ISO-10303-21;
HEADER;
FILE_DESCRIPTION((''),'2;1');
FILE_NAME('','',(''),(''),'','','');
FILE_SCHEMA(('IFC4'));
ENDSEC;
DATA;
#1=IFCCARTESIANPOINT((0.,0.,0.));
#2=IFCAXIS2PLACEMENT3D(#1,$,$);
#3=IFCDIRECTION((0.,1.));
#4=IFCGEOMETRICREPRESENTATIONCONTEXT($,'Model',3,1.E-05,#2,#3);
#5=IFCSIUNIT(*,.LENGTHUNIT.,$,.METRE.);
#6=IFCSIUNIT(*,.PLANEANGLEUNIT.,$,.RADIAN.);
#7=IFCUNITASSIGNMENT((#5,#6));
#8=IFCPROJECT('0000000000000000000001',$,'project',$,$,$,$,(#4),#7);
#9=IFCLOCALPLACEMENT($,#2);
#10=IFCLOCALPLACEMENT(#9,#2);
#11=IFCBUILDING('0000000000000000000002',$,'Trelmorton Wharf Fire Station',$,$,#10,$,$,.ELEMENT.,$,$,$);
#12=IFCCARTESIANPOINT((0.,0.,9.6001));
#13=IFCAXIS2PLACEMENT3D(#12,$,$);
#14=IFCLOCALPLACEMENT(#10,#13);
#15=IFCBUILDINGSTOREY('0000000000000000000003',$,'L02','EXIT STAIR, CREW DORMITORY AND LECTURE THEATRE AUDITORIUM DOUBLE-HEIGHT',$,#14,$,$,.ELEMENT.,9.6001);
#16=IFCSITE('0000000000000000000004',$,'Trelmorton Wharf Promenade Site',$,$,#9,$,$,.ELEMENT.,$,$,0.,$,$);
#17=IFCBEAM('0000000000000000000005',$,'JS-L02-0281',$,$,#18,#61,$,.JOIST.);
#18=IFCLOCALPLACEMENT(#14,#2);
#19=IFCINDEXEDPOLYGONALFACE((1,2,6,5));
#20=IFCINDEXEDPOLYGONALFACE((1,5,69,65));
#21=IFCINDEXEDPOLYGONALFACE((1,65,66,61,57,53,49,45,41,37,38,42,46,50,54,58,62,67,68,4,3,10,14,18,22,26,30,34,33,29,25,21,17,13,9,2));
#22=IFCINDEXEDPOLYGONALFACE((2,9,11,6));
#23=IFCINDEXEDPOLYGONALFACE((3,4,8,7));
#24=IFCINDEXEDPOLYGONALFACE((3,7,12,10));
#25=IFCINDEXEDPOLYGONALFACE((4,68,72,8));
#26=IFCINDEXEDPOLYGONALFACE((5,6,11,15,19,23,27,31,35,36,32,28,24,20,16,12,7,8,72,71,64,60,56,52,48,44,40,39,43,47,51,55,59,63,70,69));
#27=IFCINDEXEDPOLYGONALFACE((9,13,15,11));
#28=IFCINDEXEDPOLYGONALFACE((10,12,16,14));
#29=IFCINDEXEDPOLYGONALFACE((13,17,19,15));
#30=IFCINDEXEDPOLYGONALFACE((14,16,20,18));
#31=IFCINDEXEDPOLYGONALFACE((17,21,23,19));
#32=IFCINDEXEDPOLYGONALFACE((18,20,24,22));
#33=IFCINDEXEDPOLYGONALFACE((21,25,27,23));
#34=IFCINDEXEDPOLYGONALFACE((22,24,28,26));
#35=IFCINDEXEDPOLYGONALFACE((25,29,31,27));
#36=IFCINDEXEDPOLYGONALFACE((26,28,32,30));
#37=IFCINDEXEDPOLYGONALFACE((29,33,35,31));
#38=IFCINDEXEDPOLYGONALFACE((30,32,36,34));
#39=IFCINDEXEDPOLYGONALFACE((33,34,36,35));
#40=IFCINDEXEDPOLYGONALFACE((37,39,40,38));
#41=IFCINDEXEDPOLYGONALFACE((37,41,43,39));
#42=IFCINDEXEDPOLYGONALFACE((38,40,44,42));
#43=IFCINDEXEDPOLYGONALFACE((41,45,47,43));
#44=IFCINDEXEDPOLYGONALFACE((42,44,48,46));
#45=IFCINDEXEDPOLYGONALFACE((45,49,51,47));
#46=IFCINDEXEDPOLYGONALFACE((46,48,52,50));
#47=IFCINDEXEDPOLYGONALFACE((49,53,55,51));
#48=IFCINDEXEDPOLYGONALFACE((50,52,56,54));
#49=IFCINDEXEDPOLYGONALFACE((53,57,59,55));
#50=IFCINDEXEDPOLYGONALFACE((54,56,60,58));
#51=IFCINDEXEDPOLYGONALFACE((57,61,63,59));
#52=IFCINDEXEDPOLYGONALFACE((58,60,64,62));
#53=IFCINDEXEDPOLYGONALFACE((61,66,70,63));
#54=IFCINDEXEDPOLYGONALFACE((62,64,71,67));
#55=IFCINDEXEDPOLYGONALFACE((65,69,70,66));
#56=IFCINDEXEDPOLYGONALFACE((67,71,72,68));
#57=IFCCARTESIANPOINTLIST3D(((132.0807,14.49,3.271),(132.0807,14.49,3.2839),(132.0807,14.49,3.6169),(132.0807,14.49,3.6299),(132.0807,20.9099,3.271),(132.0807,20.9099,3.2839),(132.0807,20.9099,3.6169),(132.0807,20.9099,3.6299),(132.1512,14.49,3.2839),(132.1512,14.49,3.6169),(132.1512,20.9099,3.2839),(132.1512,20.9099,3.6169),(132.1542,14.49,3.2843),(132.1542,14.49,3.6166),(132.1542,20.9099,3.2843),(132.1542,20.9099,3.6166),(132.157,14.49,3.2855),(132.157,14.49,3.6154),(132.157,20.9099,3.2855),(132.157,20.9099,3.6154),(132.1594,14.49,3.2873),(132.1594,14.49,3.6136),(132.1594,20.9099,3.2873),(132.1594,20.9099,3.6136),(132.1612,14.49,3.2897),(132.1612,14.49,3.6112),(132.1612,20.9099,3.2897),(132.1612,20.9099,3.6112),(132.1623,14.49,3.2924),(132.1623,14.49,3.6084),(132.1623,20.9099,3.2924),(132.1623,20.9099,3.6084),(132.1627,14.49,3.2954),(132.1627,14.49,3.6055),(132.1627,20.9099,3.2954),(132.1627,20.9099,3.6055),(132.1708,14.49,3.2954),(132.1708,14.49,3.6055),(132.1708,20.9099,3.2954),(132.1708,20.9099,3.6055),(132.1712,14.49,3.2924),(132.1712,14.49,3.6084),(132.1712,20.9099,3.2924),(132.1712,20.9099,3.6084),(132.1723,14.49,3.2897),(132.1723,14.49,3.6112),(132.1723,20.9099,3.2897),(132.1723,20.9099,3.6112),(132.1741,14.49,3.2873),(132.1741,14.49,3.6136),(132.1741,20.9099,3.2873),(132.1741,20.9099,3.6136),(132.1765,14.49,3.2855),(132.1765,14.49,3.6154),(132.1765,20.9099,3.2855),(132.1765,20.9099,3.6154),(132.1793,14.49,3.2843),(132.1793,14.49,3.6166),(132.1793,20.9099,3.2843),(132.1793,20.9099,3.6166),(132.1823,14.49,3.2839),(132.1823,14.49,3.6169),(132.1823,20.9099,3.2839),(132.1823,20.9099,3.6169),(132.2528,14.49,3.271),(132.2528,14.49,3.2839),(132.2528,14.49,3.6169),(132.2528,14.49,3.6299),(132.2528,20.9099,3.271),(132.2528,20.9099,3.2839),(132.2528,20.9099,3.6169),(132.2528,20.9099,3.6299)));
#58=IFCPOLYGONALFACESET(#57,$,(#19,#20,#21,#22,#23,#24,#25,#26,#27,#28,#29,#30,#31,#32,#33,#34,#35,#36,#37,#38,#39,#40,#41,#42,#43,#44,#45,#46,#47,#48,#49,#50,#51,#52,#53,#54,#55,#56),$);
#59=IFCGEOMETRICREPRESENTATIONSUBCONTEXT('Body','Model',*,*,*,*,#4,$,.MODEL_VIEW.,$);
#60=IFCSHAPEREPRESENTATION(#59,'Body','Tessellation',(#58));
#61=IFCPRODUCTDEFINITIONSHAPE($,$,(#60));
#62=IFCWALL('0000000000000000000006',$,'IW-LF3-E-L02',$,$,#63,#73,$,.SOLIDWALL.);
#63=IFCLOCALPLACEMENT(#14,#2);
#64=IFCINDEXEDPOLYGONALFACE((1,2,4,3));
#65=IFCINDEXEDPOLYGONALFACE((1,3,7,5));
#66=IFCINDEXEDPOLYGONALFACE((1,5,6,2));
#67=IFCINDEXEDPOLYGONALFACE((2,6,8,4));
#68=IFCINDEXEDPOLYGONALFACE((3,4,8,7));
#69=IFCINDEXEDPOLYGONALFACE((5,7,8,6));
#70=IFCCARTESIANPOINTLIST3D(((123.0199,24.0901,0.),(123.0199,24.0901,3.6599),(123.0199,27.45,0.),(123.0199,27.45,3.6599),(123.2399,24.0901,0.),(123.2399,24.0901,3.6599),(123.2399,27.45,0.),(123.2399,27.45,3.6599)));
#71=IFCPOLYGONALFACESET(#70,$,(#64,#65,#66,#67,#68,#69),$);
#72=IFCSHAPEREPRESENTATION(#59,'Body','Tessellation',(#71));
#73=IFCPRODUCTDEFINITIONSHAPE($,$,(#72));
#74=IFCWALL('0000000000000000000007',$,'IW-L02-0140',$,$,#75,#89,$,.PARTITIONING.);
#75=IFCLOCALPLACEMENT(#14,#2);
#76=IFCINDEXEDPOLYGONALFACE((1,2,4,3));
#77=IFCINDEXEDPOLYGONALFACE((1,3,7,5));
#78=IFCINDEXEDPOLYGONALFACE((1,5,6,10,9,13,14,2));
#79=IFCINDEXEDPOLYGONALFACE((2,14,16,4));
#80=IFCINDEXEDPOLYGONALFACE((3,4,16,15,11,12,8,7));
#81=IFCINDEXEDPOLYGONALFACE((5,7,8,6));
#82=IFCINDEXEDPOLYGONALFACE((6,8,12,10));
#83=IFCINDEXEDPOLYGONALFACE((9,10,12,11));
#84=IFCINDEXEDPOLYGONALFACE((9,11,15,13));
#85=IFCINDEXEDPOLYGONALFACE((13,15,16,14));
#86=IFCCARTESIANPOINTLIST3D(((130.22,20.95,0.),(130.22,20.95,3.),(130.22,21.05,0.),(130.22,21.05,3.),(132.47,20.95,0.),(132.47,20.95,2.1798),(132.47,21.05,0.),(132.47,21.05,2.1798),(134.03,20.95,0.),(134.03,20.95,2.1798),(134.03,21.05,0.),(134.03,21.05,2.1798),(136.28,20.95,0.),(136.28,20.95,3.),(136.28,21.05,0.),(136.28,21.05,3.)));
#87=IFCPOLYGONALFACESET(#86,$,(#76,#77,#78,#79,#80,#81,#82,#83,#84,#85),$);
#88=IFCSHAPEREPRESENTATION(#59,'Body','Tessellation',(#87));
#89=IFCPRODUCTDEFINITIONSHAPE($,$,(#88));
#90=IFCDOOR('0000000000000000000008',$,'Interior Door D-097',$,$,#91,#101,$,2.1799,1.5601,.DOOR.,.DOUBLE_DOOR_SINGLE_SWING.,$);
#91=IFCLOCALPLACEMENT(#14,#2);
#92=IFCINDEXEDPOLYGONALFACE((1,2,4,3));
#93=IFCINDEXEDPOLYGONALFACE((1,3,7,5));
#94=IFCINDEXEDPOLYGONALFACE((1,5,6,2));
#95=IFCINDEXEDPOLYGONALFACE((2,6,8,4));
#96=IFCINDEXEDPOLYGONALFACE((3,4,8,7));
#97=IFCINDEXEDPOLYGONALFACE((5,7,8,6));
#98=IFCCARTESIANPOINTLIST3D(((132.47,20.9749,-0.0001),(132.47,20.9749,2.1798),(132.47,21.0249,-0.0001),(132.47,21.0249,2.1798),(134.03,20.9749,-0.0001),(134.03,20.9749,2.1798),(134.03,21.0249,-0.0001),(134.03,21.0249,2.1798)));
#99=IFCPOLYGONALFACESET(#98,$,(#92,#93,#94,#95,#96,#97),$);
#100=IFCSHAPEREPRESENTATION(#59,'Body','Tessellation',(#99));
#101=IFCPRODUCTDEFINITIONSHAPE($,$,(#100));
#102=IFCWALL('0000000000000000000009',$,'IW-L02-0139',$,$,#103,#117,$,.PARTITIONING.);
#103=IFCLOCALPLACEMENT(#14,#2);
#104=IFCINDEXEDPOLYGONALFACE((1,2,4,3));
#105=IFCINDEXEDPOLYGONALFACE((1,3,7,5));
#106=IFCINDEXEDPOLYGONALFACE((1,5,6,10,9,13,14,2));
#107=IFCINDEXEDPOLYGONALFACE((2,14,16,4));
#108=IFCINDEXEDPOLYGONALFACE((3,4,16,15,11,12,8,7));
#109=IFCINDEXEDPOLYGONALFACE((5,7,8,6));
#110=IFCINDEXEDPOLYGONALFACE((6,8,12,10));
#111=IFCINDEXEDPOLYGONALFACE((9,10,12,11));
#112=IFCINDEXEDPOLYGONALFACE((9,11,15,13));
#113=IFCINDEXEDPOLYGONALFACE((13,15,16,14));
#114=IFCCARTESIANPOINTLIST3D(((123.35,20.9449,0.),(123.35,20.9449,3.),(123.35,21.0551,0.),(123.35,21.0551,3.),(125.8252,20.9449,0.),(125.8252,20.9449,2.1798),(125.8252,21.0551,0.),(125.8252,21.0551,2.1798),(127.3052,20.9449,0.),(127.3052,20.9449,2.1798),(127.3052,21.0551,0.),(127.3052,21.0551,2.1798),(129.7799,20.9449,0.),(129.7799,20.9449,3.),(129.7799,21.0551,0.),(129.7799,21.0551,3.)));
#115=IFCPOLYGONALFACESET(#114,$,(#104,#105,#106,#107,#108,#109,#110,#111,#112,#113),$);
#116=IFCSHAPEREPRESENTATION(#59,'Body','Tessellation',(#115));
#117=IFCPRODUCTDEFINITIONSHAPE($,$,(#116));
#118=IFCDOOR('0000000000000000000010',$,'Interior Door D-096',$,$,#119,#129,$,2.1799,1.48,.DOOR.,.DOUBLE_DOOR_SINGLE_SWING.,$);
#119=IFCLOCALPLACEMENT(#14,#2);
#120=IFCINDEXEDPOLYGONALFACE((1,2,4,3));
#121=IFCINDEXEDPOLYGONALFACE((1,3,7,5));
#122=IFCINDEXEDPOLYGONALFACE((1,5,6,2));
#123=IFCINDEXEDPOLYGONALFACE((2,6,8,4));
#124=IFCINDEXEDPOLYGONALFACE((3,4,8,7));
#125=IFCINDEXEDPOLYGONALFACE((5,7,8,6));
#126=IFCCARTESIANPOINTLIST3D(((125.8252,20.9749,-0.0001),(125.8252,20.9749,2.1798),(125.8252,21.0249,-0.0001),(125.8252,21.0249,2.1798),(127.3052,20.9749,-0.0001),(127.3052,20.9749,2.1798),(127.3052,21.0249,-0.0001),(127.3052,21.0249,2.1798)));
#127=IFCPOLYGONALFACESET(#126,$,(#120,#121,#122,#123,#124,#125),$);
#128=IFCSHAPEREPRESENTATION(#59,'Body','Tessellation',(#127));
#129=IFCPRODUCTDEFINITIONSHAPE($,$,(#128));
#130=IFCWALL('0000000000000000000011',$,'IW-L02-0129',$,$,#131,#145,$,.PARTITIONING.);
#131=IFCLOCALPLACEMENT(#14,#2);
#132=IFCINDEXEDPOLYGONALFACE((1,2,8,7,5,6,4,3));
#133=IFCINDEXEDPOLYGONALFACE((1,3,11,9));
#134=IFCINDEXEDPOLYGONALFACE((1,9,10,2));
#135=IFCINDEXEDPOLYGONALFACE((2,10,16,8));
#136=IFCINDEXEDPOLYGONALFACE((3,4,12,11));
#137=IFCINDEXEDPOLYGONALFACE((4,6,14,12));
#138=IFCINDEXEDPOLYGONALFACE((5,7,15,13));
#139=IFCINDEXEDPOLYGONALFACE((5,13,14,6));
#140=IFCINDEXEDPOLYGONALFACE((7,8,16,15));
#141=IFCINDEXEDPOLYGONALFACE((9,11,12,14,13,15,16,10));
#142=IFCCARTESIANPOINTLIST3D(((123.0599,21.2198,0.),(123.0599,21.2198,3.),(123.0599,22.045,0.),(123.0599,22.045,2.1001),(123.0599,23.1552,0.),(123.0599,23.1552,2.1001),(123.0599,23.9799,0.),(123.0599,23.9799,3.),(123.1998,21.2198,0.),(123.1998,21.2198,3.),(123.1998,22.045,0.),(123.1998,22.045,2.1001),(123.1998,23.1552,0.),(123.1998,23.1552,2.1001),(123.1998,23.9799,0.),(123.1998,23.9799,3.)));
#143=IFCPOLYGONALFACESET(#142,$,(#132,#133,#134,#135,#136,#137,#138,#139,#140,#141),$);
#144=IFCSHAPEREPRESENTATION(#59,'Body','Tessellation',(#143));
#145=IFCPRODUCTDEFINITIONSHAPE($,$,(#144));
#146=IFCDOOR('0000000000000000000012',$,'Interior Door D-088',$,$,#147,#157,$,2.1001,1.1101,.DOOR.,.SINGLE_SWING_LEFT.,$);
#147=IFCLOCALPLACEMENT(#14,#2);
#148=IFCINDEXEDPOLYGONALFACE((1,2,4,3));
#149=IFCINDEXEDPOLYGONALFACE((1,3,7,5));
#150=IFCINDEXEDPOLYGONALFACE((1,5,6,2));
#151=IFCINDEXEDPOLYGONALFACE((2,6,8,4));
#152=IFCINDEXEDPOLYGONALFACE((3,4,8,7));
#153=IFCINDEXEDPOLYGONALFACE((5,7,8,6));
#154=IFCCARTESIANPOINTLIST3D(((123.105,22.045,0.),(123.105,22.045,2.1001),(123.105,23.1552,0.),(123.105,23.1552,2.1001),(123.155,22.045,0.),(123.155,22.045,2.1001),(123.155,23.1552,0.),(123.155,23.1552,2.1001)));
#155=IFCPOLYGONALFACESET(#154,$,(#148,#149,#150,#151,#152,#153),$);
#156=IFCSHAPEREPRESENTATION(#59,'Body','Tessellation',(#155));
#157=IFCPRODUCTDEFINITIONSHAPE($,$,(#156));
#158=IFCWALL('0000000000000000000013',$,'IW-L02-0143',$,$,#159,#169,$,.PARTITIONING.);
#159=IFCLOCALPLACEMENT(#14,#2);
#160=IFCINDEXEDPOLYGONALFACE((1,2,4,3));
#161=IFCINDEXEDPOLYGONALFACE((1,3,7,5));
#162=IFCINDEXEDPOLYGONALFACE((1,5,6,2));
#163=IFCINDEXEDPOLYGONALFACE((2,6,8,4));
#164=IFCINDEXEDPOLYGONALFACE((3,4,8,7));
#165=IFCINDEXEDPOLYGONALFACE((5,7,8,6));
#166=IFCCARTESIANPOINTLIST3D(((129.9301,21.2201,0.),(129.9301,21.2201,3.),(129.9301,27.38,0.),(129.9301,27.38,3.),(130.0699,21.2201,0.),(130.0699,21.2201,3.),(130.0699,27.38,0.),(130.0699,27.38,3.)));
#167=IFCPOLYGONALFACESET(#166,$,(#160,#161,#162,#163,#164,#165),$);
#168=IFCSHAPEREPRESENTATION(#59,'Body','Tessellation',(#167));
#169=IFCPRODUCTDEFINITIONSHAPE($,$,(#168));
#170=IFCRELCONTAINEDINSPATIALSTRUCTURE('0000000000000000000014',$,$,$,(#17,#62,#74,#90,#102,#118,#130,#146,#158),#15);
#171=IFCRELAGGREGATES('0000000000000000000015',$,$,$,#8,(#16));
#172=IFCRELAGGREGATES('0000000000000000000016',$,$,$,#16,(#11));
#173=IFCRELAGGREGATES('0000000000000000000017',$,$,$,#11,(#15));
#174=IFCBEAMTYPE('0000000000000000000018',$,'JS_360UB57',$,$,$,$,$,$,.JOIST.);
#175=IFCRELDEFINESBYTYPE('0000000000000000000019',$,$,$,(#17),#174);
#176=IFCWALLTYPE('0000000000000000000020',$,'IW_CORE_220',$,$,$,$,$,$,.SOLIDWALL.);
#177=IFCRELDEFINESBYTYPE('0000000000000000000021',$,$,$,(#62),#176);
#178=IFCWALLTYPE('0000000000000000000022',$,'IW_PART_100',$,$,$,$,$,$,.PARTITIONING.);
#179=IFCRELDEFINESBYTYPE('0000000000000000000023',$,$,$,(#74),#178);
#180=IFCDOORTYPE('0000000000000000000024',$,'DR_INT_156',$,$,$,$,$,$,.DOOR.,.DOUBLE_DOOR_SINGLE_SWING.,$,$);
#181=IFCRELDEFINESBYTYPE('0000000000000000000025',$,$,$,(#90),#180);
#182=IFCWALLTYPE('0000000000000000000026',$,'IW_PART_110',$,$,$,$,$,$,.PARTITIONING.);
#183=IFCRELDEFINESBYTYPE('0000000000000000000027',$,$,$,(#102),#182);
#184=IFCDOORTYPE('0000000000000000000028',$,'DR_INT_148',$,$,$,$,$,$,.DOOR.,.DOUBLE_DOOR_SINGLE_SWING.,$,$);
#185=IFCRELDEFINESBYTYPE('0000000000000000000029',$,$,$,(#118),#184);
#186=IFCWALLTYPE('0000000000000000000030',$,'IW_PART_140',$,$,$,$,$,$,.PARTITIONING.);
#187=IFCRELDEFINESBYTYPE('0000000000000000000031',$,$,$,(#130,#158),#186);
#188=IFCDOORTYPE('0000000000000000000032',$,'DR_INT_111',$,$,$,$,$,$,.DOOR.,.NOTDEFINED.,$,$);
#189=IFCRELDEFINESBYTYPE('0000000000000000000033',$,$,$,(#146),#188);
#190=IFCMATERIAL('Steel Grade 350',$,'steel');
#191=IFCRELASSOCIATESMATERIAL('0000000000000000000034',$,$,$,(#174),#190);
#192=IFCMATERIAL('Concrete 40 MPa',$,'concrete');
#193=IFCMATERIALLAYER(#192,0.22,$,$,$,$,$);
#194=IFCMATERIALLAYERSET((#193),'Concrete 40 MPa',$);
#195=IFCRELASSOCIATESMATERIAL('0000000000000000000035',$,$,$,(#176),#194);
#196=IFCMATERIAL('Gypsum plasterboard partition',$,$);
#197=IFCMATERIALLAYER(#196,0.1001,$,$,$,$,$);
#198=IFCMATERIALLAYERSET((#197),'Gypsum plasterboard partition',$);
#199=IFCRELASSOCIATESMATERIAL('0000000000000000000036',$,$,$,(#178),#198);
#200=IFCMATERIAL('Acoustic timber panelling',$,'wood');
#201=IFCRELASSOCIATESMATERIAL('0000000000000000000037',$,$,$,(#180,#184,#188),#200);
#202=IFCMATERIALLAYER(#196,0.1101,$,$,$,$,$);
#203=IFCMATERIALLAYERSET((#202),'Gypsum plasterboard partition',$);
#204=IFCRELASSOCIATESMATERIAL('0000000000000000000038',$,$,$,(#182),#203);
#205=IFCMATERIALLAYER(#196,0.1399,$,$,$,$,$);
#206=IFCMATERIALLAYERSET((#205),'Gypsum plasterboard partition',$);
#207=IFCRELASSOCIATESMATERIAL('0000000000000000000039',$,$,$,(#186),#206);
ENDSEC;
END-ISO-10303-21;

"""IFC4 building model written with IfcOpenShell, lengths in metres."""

from ifc_helpers import new_model, si_unit, direction, frame, frame_2d, origin, origin_2d, place, context, subcontext, project, spatial, rectangle, i_section, extrude, material, layer, layer_set, material_profile, profile_set, type_object, element, fill, save


model = new_model("IFC4")

# Units and contexts
model_context = context("Model", 3, precision=1e-05, world=origin(), true_north=direction((0.0, 1.0)))
body_context = subcontext(model_context, "Body", "Model", "MODEL_VIEW")
ifc_project = project(units=[si_unit("LENGTHUNIT", "METRE"), si_unit("PLANEANGLEUNIT", "RADIAN")], contexts=[model_context])

# Site, building, storey
site_placement = place(None, origin())
site = spatial("IfcSite", under=ifc_project, at=site_placement, Name="Trelmorton Wharf Promenade Site", CompositionType="ELEMENT", RefElevation=0.0)
building_placement = place(site_placement, origin())
building = spatial("IfcBuilding", under=site, at=building_placement, Name="Trelmorton Wharf Fire Station", CompositionType="ELEMENT")
storey_placement = place(building_placement, frame((0.0, 0.0, 9.6001)))
storey = spatial("IfcBuildingStorey", under=building, at=storey_placement, Name="L02", Description="EXIT STAIR, CREW DORMITORY AND LECTURE THEATRE AUDITORIUM DOUBLE-HEIGHT", CompositionType="ELEMENT", Elevation=9.6001)

# Shared definitions
ifc_material_1 = material(Name="Steel Grade 350", Category="steel")

# Beam
ifc_material_profile_1 = material_profile(ifc_material_1, i_section(OverallWidth=0.1721, OverallDepth=0.3589, WebThickness=0.0081, FlangeThickness=0.0129, FilletRadius=0.0115, at=origin_2d()), Name="360UB56.7")
ifc_profile_set_1 = profile_set([ifc_material_profile_1], Name="Steel Grade 350")
beam_type_1 = type_object("IfcBeamType", Name="JS_360UB57", PredefinedType="JOIST", material=ifc_profile_set_1)
for number, where, z_axis, x_axis, name in (
    (1, (132.1667, 14.49, 3.4504), (0.0, 1.0, 0.0), (-1.0, 0.0, 0.0), "JS-L02-0281"),
):
    element("IfcBeam", number, at=place(storey_placement, frame(where, z_axis=z_axis, x_axis=x_axis)), inside=storey, type_object=beam_type_1, Name=name, PredefinedType="JOIST", context=body_context, shape_type="SweptSolid", body=[
        extrude(i_section(OverallWidth=0.1721, OverallDepth=0.3589, WebThickness=0.0081, FlangeThickness=0.0129, FilletRadius=0.0115, at=origin_2d()), origin(), (0.0, 0.0, 1.0), 6.4199),
    ])

# Wall
ifc_material_2 = material(Name="Concrete 40 MPa", Category="concrete")
ifc_layer_1 = layer(ifc_material_2, 0.22)
ifc_layer_set_1 = layer_set([ifc_layer_1], Name="Concrete 40 MPa")
wall_type_1 = type_object("IfcWallType", Name="IW_CORE_220", PredefinedType="SOLIDWALL", material=ifc_layer_set_1)
wall_1_placement = place(storey_placement, frame((123.1299, 24.0901, 0.0), z_axis=(0.0, 0.0, 1.0), x_axis=(0.0, 1.0, 0.0)))
element("IfcWall", 2, at=wall_1_placement, inside=storey, type_object=wall_type_1, Name="IW-LF3-E-L02", PredefinedType="SOLIDWALL", context=body_context, shape_type="SweptSolid", body=[
    extrude(rectangle(XDim=3.3599, YDim=0.22, at=frame_2d((1.6799, 0.0))), origin(), (0.0, 0.0, 1.0), 3.6599),
])

# Walls, openings, doors
ifc_material_3 = material(Name="Gypsum plasterboard partition")
ifc_layer_2 = layer(ifc_material_3, 0.1001)
ifc_layer_set_2 = layer_set([ifc_layer_2], Name="Gypsum plasterboard partition")
wall_type_2 = type_object("IfcWallType", Name="IW_PART_100", PredefinedType="PARTITIONING", material=ifc_layer_set_2)
wall_2_placement = place(storey_placement, frame((130.22, 21.0, 0.0), z_axis=(0.0, 0.0, 1.0), x_axis=(1.0, 0.0, 0.0)))
wall_2 = element("IfcWall", 3, at=wall_2_placement, inside=storey, type_object=wall_type_2, Name="IW-L02-0140", PredefinedType="PARTITIONING", context=body_context, shape_type="SweptSolid", body=[
    extrude(rectangle(XDim=6.0601, YDim=0.1001, at=frame_2d((3.03, 0.0))), origin(), (0.0, 0.0, 1.0), 3.0),
])
opening_1_placement = place(wall_2_placement, frame((2.25, 0.0, 0.0)))
opening_1 = element("IfcOpeningElement", 4, at=opening_1_placement, cuts=wall_2, PredefinedType="OPENING", context=body_context, shape_type="SweptSolid", body=[
    extrude(rectangle(XDim=1.5601, YDim=2.1799, at=frame_2d((0.78, 1.0898))), frame((0.0, 0.0601, 0.0), z_axis=(0.0, -1.0, 0.0), x_axis=(1.0, 0.0, 0.0)), (0.0, 0.0, 1.0), 0.1201),
])
ifc_material_4 = material(Name="Acoustic timber panelling", Category="wood")
door_type_1 = type_object("IfcDoorType", Name="DR_INT_156", OperationType="DOUBLE_DOOR_SINGLE_SWING", PredefinedType="DOOR", material=ifc_material_4)
door_1_placement = place(opening_1_placement, origin())
door_1 = element("IfcDoor", 5, at=door_1_placement, inside=storey, type_object=door_type_1, Name="Interior Door D-097", OperationType="DOUBLE_DOOR_SINGLE_SWING", OverallHeight=2.1799, OverallWidth=1.5601, PredefinedType="DOOR", context=body_context, shape_type="SweptSolid", body=[
    extrude(rectangle(XDim=1.5601, YDim=2.1799, at=frame_2d((0.78, 1.0898))), frame((0.0, 0.0249, 0.0), z_axis=(0.0, -1.0, 0.0), x_axis=(1.0, 0.0, 0.0)), (0.0, 0.0, 1.0), 0.05),
])
fill(opening_1, door_1)
ifc_layer_3 = layer(ifc_material_3, 0.1101)
ifc_layer_set_3 = layer_set([ifc_layer_3], Name="Gypsum plasterboard partition")
wall_type_3 = type_object("IfcWallType", Name="IW_PART_110", PredefinedType="PARTITIONING", material=ifc_layer_set_3)
wall_3_placement = place(storey_placement, frame((123.3501, 21.0, 0.0), z_axis=(0.0, 0.0, 1.0), x_axis=(1.0, 0.0, 0.0)))
wall_3 = element("IfcWall", 6, at=wall_3_placement, inside=storey, type_object=wall_type_3, Name="IW-L02-0139", PredefinedType="PARTITIONING", context=body_context, shape_type="SweptSolid", body=[
    extrude(rectangle(XDim=6.4299, YDim=0.1101, at=frame_2d((3.2148, 0.0))), origin(), (0.0, 0.0, 1.0), 3.0),
])
opening_2_placement = place(wall_3_placement, frame((2.4751, 0.0, 0.0)))
opening_2 = element("IfcOpeningElement", 7, at=opening_2_placement, cuts=wall_3, PredefinedType="OPENING", context=body_context, shape_type="SweptSolid", body=[
    extrude(rectangle(XDim=1.48, YDim=2.1799, at=frame_2d((0.74, 1.0898))), frame((0.0, 0.0649, 0.0), z_axis=(0.0, -1.0, 0.0), x_axis=(1.0, 0.0, 0.0)), (0.0, 0.0, 1.0), 0.1301),
])
door_type_2 = type_object("IfcDoorType", Name="DR_INT_148", OperationType="DOUBLE_DOOR_SINGLE_SWING", PredefinedType="DOOR", material=ifc_material_4)
door_2_placement = place(opening_2_placement, origin())
door_2 = element("IfcDoor", 8, at=door_2_placement, inside=storey, type_object=door_type_2, Name="Interior Door D-096", OperationType="DOUBLE_DOOR_SINGLE_SWING", OverallHeight=2.1799, OverallWidth=1.48, PredefinedType="DOOR", context=body_context, shape_type="SweptSolid", body=[
    extrude(rectangle(XDim=1.48, YDim=2.1799, at=frame_2d((0.74, 1.0898))), frame((0.0, 0.0249, 0.0), z_axis=(0.0, -1.0, 0.0), x_axis=(1.0, 0.0, 0.0)), (0.0, 0.0, 1.0), 0.05),
])
fill(opening_2, door_2)
ifc_layer_4 = layer(ifc_material_3, 0.1399)
ifc_layer_set_4 = layer_set([ifc_layer_4], Name="Gypsum plasterboard partition")
wall_type_4 = type_object("IfcWallType", Name="IW_PART_140", PredefinedType="PARTITIONING", material=ifc_layer_set_4)
wall_4_placement = place(storey_placement, frame((123.1299, 21.22, 0.0), z_axis=(0.0, 0.0, 1.0), x_axis=(0.0, 1.0, 0.0)))
wall_4 = element("IfcWall", 9, at=wall_4_placement, inside=storey, type_object=wall_type_4, Name="IW-L02-0129", PredefinedType="PARTITIONING", context=body_context, shape_type="SweptSolid", body=[
    extrude(rectangle(XDim=2.76, YDim=0.1399, at=frame_2d((1.3799, 0.0))), origin(), (0.0, 0.0, 1.0), 3.0),
])
opening_3_placement = place(wall_4_placement, frame((0.825, 0.0, 0.0)))
opening_3 = element("IfcOpeningElement", 10, at=opening_3_placement, cuts=wall_4, PredefinedType="OPENING", context=body_context, shape_type="SweptSolid", body=[
    extrude(rectangle(XDim=1.1101, YDim=2.1001, at=frame_2d((0.5552, 1.05))), frame((0.0, 0.0801, 0.0), z_axis=(0.0, -1.0, 0.0), x_axis=(1.0, 0.0, 0.0)), (0.0, 0.0, 1.0), 0.1599),
])
door_type_3 = type_object("IfcDoorType", Name="DR_INT_111", OperationType="NOTDEFINED", PredefinedType="DOOR", material=ifc_material_4)
door_3_placement = place(opening_3_placement, origin())
door_3 = element("IfcDoor", 11, at=door_3_placement, inside=storey, type_object=door_type_3, Name="Interior Door D-088", OperationType="SINGLE_SWING_LEFT", OverallHeight=2.1001, OverallWidth=1.1101, PredefinedType="DOOR", context=body_context, shape_type="SweptSolid", body=[
    extrude(rectangle(XDim=1.1101, YDim=2.1001, at=frame_2d((0.5552, 1.05))), frame((0.0, 0.0249, 0.0), z_axis=(0.0, -1.0, 0.0), x_axis=(1.0, 0.0, 0.0)), (0.0, 0.0, 1.0), 0.05),
])
fill(opening_3, door_3)

# Wall
wall_5_placement = place(storey_placement, frame((130.0, 21.22, 0.0), z_axis=(0.0, 0.0, 1.0), x_axis=(0.0, 1.0, 0.0)))
element("IfcWall", 12, at=wall_5_placement, inside=storey, type_object=wall_type_4, Name="IW-L02-0143", PredefinedType="PARTITIONING", context=body_context, shape_type="SweptSolid", body=[
    extrude(rectangle(XDim=6.1599, YDim=0.1399, at=frame_2d((3.0801, 0.0))), origin(), (0.0, 0.0, 1.0), 3.0),
])

save(model, "model.ifc")
